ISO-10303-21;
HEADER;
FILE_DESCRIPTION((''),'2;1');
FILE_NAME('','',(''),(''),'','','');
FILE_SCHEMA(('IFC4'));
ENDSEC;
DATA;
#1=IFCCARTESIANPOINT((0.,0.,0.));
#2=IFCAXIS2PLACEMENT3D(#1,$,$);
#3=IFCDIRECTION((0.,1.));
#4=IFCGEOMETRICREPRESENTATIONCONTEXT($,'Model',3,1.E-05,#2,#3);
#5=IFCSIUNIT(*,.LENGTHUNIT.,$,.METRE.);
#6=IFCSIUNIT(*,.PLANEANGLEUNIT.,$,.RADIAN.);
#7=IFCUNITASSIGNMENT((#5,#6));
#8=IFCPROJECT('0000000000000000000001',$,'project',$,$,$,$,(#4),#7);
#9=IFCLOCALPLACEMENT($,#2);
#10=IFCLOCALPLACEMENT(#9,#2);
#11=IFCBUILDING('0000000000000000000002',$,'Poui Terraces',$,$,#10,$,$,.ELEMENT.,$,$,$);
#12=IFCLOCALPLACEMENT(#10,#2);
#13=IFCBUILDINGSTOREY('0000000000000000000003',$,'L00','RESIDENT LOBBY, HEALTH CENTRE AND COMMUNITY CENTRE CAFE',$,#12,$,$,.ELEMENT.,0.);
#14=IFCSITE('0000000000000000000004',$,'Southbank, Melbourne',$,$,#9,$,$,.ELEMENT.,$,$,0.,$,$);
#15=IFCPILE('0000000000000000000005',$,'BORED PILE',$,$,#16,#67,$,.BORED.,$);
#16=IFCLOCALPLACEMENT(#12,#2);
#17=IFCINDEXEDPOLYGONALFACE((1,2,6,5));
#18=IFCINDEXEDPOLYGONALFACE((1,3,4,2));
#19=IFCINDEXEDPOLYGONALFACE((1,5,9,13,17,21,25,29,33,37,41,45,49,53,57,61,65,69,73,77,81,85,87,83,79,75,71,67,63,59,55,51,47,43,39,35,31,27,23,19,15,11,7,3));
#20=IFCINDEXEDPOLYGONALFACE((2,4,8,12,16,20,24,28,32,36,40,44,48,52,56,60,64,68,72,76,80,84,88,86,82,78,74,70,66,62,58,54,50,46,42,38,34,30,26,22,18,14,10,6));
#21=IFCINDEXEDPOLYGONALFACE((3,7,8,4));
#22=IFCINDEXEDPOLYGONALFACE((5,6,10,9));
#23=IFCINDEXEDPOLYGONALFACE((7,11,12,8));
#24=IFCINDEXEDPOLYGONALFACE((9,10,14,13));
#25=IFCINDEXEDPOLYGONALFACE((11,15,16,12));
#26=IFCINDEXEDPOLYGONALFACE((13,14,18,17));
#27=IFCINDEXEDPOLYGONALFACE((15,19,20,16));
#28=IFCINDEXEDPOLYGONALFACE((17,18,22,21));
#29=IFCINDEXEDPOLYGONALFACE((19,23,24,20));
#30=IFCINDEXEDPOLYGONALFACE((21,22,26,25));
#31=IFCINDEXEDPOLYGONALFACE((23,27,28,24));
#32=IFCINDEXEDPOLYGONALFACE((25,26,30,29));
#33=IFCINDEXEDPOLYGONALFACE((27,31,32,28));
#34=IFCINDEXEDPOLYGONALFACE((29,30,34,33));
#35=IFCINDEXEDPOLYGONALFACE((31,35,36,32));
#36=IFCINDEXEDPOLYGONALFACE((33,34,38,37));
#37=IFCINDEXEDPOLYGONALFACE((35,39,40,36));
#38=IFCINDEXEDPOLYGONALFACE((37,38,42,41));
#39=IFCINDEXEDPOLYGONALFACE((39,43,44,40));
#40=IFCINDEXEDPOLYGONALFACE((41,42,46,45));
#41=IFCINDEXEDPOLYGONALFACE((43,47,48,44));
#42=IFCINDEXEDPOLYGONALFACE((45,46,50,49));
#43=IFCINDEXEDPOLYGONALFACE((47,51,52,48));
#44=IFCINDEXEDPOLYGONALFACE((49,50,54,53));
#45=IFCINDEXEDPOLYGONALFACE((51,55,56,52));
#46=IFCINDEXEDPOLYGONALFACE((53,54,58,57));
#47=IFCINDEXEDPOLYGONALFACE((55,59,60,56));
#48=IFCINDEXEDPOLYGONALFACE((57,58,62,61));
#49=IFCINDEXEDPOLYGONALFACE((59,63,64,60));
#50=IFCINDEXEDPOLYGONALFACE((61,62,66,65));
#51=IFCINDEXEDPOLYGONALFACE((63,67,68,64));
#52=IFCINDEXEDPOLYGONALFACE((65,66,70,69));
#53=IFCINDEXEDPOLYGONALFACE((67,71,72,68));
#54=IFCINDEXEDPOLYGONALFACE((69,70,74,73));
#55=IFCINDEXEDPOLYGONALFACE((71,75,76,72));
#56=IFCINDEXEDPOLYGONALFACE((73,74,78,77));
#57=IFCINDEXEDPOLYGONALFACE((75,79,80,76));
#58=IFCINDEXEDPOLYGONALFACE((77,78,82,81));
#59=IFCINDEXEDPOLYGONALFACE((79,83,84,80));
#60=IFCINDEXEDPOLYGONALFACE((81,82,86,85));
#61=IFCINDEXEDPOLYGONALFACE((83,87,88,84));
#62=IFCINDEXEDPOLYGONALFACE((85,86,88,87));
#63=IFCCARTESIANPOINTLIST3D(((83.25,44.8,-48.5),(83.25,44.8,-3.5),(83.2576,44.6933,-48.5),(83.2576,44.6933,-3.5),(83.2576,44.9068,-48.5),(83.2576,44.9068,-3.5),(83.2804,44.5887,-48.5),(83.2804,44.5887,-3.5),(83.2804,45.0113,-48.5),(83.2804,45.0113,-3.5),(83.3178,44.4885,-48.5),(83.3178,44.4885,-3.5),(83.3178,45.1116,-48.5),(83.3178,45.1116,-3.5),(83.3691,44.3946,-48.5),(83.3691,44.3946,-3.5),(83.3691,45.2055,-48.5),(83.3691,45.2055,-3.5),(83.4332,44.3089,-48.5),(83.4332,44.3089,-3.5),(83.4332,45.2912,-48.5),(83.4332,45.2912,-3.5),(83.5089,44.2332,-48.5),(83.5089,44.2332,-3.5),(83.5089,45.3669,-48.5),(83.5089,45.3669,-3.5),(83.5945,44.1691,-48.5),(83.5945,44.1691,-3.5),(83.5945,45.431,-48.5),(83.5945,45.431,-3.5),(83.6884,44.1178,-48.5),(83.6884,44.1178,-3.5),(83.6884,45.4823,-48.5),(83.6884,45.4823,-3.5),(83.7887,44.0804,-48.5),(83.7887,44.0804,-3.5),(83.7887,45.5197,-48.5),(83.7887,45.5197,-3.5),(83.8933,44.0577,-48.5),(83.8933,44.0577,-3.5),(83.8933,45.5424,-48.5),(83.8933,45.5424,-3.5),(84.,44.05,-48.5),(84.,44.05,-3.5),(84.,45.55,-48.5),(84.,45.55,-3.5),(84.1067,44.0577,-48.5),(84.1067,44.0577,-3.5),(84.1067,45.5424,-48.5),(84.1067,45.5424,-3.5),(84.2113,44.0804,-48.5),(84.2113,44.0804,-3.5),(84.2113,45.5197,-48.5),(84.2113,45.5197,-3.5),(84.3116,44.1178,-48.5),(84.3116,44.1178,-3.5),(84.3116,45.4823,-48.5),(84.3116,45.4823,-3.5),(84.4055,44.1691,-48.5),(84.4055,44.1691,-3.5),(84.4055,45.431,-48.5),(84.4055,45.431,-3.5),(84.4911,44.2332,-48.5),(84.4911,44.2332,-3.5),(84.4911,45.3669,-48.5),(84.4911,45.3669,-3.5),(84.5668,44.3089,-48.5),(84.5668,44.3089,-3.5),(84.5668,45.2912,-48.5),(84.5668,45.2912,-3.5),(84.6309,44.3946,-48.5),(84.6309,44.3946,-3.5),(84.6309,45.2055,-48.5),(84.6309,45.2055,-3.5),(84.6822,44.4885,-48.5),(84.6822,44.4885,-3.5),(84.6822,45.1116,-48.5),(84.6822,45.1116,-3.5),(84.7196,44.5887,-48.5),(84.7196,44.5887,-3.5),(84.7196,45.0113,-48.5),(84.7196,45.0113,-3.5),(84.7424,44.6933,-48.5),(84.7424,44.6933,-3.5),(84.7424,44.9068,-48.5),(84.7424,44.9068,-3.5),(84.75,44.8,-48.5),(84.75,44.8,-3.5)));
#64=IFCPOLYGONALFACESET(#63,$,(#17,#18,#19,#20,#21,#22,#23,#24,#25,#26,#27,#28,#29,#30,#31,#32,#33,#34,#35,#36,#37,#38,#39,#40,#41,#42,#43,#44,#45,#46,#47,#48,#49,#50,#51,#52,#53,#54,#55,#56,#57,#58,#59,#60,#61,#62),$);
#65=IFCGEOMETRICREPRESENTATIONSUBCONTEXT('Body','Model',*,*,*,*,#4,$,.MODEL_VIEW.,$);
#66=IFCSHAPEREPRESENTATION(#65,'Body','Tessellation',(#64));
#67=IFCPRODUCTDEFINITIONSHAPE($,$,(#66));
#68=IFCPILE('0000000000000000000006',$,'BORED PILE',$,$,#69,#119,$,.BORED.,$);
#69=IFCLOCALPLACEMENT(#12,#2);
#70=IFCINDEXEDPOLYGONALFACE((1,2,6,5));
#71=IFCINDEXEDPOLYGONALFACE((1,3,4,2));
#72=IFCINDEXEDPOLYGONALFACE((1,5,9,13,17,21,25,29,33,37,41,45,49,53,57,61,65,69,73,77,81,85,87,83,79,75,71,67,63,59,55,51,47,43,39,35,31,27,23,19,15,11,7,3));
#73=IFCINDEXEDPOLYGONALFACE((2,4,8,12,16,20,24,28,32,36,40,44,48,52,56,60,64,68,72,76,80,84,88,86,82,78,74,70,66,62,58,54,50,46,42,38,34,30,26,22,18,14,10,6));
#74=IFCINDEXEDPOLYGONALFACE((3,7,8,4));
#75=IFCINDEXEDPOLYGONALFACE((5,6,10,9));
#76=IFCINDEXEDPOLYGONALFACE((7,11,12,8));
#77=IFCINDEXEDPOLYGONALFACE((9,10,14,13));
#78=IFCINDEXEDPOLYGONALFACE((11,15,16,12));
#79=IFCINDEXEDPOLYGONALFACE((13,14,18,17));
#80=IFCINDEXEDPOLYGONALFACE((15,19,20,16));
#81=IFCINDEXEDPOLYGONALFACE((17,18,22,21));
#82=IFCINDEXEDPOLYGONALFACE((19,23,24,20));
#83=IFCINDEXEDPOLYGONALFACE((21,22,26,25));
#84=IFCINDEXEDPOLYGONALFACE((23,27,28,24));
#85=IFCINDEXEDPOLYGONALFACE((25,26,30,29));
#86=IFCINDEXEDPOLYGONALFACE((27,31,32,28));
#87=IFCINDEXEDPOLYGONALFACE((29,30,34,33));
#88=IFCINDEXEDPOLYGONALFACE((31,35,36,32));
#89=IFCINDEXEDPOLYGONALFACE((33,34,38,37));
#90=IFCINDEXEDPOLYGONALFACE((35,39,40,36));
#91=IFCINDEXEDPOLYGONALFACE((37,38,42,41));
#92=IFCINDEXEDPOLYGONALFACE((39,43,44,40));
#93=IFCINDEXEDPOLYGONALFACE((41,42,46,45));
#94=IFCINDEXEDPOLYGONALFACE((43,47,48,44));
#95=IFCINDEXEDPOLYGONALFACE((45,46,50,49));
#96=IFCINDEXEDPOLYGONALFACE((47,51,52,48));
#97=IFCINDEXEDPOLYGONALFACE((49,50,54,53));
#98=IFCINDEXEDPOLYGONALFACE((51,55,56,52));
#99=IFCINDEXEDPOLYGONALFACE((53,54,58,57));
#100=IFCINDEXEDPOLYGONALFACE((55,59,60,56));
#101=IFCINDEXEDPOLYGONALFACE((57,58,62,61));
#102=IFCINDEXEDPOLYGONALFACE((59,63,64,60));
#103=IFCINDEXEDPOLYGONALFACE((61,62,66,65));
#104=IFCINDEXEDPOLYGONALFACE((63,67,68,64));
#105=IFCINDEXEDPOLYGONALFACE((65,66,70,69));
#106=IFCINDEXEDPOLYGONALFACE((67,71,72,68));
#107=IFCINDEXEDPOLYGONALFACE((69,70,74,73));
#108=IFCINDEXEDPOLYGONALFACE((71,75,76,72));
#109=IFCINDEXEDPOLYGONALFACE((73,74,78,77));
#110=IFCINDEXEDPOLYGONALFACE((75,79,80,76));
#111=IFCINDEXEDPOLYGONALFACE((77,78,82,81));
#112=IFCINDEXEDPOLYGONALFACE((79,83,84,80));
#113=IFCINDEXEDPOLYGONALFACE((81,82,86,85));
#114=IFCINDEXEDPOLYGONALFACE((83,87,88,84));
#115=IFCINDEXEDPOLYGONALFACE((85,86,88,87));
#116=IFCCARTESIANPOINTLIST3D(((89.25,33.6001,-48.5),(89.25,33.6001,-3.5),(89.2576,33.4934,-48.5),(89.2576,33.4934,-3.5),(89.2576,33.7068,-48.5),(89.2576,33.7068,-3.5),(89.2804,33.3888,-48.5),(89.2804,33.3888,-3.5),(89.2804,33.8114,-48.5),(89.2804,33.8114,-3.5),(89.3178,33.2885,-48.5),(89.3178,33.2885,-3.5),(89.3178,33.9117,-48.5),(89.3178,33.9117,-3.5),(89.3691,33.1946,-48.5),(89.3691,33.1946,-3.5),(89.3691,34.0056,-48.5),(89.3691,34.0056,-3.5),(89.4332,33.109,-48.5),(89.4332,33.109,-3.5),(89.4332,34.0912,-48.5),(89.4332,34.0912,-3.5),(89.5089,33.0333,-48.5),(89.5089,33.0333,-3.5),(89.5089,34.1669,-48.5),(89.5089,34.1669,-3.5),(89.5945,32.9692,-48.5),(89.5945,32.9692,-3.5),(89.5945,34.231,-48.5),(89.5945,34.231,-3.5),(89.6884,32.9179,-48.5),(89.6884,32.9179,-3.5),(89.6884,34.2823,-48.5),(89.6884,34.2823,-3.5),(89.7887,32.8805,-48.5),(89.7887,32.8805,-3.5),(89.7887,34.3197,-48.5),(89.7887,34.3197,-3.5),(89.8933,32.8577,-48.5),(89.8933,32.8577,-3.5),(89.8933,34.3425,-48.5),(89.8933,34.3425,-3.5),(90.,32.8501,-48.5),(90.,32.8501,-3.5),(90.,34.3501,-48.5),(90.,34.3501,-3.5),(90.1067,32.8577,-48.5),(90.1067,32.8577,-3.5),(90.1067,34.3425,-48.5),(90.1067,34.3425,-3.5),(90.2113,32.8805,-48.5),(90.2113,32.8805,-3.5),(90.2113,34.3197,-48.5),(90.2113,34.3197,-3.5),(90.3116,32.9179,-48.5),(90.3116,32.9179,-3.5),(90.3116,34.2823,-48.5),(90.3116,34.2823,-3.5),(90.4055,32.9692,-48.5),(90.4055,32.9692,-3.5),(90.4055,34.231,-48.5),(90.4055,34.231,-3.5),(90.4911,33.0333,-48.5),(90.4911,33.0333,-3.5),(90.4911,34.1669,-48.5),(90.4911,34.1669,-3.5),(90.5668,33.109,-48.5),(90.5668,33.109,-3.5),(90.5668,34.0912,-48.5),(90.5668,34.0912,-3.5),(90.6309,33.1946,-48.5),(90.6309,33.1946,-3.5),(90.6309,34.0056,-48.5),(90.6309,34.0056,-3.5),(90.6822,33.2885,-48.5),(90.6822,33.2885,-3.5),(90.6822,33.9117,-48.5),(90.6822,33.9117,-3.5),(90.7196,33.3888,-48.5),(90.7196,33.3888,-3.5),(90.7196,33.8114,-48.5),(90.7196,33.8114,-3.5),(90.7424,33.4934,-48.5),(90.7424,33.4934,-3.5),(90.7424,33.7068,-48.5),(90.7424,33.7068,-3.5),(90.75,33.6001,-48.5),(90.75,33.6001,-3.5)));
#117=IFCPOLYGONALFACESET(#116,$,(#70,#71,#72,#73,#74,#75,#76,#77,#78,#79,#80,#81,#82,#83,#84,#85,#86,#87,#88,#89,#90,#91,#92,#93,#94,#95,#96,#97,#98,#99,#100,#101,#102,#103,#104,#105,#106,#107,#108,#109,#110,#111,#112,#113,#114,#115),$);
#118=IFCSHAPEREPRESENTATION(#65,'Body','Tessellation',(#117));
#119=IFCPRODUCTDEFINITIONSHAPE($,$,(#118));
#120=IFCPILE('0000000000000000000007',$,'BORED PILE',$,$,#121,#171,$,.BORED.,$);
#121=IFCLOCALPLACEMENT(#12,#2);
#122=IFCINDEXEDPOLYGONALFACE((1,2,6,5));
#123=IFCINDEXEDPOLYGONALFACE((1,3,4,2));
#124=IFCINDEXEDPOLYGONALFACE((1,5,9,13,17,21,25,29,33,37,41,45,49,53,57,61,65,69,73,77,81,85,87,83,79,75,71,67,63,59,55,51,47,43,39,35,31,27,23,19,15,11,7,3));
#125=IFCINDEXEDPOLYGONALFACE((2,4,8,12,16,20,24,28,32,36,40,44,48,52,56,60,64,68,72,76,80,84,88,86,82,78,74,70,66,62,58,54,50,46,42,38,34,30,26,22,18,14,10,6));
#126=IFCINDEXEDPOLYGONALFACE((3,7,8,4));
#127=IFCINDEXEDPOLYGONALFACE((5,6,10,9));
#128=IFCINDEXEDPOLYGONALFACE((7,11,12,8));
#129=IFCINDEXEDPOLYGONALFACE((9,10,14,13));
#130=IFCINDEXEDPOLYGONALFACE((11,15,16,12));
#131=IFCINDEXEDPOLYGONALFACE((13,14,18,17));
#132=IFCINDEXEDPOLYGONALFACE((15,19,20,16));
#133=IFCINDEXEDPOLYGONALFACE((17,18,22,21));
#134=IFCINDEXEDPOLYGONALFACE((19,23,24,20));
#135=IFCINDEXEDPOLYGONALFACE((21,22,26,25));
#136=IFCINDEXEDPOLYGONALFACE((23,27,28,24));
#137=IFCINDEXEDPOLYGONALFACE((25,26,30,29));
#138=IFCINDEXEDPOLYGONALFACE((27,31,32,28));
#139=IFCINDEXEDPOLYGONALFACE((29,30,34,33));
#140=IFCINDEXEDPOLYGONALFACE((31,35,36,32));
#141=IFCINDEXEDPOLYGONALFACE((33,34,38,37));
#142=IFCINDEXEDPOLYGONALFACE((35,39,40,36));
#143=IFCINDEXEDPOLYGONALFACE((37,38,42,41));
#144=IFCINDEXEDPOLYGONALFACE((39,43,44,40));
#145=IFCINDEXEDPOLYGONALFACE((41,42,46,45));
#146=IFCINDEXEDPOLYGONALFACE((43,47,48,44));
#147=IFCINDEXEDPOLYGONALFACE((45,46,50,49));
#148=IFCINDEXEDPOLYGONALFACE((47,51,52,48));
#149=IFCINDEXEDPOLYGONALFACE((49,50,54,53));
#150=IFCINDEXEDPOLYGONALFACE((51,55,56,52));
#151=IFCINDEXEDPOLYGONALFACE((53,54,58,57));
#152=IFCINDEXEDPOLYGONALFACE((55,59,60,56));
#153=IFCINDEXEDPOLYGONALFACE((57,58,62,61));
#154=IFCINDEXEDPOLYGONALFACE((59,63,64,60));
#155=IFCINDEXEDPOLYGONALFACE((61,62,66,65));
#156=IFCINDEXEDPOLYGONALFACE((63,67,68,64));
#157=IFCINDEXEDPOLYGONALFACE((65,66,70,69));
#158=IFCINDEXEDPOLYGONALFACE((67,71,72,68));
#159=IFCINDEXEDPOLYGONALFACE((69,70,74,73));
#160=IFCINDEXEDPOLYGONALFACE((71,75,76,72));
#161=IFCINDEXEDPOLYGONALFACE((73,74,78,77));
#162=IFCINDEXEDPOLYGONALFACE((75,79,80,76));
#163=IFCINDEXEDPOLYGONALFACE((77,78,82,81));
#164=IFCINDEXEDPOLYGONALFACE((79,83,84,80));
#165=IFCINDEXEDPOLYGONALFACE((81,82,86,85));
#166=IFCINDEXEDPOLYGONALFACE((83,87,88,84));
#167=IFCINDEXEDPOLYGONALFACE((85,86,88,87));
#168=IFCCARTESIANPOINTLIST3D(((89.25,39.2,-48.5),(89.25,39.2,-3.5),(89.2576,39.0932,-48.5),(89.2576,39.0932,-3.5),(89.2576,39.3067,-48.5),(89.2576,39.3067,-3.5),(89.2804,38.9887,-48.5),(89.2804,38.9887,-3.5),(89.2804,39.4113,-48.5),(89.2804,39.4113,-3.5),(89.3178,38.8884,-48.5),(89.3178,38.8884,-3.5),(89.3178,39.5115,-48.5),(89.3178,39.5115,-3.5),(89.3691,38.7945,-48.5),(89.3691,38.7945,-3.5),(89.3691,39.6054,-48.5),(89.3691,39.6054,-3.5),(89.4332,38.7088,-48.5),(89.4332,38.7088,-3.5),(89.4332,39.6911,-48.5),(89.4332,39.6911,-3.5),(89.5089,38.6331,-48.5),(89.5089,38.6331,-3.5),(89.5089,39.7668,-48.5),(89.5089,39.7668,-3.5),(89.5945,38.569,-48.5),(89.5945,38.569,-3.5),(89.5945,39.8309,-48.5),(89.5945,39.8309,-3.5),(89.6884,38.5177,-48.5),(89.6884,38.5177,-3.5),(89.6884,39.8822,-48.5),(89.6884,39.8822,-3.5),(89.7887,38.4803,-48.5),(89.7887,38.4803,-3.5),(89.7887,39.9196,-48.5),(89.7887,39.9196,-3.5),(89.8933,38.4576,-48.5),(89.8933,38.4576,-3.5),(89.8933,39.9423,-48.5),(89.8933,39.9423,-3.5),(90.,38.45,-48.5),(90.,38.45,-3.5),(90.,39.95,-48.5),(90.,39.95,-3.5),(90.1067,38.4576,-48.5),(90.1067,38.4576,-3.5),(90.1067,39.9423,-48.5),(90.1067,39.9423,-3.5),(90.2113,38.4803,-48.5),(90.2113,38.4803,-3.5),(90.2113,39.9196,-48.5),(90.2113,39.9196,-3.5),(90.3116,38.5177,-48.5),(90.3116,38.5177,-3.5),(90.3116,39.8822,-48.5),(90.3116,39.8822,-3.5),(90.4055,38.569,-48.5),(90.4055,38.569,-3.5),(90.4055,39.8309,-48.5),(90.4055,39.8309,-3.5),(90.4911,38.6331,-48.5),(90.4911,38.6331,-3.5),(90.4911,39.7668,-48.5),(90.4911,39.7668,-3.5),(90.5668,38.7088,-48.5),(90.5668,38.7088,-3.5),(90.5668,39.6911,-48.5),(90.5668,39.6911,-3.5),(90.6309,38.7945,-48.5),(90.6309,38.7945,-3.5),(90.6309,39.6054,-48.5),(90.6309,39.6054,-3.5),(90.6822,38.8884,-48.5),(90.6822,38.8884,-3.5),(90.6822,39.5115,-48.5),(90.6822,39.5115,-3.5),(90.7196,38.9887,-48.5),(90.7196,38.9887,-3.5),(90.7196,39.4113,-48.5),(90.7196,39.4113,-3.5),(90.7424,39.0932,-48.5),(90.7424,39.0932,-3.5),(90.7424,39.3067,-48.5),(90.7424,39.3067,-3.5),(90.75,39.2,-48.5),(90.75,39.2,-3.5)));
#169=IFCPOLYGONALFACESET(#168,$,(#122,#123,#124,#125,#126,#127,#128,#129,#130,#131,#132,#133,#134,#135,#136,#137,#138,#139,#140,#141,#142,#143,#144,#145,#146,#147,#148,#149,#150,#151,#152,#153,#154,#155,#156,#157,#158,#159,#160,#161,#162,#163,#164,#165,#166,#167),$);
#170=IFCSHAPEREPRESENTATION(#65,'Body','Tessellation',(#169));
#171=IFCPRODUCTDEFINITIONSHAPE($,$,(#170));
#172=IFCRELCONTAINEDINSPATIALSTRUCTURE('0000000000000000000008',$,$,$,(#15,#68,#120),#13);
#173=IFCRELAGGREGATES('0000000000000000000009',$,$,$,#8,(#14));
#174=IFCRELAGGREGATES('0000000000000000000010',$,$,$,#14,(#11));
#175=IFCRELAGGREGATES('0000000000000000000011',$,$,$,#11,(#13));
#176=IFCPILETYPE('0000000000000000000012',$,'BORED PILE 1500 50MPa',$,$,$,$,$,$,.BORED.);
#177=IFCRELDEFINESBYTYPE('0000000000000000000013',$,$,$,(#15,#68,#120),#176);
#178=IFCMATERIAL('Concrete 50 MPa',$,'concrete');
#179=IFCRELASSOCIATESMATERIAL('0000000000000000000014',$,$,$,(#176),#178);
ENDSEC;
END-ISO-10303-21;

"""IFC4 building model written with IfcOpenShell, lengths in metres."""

from ifc_helpers import new_model, si_unit, direction, frame, origin, origin_2d, place, context, subcontext, project, spatial, circle, extrude, material, material_profile, profile_set, type_object, element, save


model = new_model("IFC4")

# Units and contexts
model_context = context("Model", 3, precision=1e-05, world=origin(), true_north=direction((0.0, 1.0)))
body_context = subcontext(model_context, "Body", "Model", "MODEL_VIEW")
ifc_project = project(units=[si_unit("LENGTHUNIT", "METRE"), si_unit("PLANEANGLEUNIT", "RADIAN")], contexts=[model_context])

# Site, building, storey
site_placement = place(None, origin())
site = spatial("IfcSite", under=ifc_project, at=site_placement, Name="Southbank, Melbourne", CompositionType="ELEMENT", RefElevation=0.0)
building_placement = place(site_placement, origin())
building = spatial("IfcBuilding", under=site, at=building_placement, Name="Poui Terraces", CompositionType="ELEMENT")
storey_placement = place(building_placement, origin())
storey = spatial("IfcBuildingStorey", under=building, at=storey_placement, Name="L00", Description="RESIDENT LOBBY, HEALTH CENTRE AND COMMUNITY CENTRE CAFE", CompositionType="ELEMENT", Elevation=0.0)

# Piles
ifc_material_1 = material(Name="Concrete 50 MPa", Category="concrete")
ifc_material_profile_1 = material_profile(ifc_material_1, circle(Radius=0.75, at=origin_2d()), Name="RC D1500")
ifc_profile_set_1 = profile_set([ifc_material_profile_1], Name="Concrete 50 MPa")
pile_type = type_object("IfcPileType", Name="BORED PILE 1500 50MPa", PredefinedType="BORED", material=ifc_profile_set_1)
for number, where, z_axis, x_axis, name in (
    (1, (84.0, 44.8, -3.5), (0.0, 0.0, -1.0), (1.0, 0.0, 0.0), "BORED PILE"),
    (2, (90.0, 33.6001, -3.5), (0.0, 0.0, -1.0), (1.0, 0.0, 0.0), "BORED PILE"),
    (3, (90.0, 39.2, -3.5), (0.0, 0.0, -1.0), (1.0, 0.0, 0.0), "BORED PILE"),
):
    element("IfcPile", number, at=place(storey_placement, frame(where, z_axis=z_axis, x_axis=x_axis)), inside=storey, type_object=pile_type, Name=name, PredefinedType="BORED", context=body_context, shape_type="SweptSolid", body=[
        extrude(circle(Radius=0.75, at=origin_2d()), origin(), (0.0, 0.0, 1.0), 45.0),
    ])

save(model, "model.ifc")
